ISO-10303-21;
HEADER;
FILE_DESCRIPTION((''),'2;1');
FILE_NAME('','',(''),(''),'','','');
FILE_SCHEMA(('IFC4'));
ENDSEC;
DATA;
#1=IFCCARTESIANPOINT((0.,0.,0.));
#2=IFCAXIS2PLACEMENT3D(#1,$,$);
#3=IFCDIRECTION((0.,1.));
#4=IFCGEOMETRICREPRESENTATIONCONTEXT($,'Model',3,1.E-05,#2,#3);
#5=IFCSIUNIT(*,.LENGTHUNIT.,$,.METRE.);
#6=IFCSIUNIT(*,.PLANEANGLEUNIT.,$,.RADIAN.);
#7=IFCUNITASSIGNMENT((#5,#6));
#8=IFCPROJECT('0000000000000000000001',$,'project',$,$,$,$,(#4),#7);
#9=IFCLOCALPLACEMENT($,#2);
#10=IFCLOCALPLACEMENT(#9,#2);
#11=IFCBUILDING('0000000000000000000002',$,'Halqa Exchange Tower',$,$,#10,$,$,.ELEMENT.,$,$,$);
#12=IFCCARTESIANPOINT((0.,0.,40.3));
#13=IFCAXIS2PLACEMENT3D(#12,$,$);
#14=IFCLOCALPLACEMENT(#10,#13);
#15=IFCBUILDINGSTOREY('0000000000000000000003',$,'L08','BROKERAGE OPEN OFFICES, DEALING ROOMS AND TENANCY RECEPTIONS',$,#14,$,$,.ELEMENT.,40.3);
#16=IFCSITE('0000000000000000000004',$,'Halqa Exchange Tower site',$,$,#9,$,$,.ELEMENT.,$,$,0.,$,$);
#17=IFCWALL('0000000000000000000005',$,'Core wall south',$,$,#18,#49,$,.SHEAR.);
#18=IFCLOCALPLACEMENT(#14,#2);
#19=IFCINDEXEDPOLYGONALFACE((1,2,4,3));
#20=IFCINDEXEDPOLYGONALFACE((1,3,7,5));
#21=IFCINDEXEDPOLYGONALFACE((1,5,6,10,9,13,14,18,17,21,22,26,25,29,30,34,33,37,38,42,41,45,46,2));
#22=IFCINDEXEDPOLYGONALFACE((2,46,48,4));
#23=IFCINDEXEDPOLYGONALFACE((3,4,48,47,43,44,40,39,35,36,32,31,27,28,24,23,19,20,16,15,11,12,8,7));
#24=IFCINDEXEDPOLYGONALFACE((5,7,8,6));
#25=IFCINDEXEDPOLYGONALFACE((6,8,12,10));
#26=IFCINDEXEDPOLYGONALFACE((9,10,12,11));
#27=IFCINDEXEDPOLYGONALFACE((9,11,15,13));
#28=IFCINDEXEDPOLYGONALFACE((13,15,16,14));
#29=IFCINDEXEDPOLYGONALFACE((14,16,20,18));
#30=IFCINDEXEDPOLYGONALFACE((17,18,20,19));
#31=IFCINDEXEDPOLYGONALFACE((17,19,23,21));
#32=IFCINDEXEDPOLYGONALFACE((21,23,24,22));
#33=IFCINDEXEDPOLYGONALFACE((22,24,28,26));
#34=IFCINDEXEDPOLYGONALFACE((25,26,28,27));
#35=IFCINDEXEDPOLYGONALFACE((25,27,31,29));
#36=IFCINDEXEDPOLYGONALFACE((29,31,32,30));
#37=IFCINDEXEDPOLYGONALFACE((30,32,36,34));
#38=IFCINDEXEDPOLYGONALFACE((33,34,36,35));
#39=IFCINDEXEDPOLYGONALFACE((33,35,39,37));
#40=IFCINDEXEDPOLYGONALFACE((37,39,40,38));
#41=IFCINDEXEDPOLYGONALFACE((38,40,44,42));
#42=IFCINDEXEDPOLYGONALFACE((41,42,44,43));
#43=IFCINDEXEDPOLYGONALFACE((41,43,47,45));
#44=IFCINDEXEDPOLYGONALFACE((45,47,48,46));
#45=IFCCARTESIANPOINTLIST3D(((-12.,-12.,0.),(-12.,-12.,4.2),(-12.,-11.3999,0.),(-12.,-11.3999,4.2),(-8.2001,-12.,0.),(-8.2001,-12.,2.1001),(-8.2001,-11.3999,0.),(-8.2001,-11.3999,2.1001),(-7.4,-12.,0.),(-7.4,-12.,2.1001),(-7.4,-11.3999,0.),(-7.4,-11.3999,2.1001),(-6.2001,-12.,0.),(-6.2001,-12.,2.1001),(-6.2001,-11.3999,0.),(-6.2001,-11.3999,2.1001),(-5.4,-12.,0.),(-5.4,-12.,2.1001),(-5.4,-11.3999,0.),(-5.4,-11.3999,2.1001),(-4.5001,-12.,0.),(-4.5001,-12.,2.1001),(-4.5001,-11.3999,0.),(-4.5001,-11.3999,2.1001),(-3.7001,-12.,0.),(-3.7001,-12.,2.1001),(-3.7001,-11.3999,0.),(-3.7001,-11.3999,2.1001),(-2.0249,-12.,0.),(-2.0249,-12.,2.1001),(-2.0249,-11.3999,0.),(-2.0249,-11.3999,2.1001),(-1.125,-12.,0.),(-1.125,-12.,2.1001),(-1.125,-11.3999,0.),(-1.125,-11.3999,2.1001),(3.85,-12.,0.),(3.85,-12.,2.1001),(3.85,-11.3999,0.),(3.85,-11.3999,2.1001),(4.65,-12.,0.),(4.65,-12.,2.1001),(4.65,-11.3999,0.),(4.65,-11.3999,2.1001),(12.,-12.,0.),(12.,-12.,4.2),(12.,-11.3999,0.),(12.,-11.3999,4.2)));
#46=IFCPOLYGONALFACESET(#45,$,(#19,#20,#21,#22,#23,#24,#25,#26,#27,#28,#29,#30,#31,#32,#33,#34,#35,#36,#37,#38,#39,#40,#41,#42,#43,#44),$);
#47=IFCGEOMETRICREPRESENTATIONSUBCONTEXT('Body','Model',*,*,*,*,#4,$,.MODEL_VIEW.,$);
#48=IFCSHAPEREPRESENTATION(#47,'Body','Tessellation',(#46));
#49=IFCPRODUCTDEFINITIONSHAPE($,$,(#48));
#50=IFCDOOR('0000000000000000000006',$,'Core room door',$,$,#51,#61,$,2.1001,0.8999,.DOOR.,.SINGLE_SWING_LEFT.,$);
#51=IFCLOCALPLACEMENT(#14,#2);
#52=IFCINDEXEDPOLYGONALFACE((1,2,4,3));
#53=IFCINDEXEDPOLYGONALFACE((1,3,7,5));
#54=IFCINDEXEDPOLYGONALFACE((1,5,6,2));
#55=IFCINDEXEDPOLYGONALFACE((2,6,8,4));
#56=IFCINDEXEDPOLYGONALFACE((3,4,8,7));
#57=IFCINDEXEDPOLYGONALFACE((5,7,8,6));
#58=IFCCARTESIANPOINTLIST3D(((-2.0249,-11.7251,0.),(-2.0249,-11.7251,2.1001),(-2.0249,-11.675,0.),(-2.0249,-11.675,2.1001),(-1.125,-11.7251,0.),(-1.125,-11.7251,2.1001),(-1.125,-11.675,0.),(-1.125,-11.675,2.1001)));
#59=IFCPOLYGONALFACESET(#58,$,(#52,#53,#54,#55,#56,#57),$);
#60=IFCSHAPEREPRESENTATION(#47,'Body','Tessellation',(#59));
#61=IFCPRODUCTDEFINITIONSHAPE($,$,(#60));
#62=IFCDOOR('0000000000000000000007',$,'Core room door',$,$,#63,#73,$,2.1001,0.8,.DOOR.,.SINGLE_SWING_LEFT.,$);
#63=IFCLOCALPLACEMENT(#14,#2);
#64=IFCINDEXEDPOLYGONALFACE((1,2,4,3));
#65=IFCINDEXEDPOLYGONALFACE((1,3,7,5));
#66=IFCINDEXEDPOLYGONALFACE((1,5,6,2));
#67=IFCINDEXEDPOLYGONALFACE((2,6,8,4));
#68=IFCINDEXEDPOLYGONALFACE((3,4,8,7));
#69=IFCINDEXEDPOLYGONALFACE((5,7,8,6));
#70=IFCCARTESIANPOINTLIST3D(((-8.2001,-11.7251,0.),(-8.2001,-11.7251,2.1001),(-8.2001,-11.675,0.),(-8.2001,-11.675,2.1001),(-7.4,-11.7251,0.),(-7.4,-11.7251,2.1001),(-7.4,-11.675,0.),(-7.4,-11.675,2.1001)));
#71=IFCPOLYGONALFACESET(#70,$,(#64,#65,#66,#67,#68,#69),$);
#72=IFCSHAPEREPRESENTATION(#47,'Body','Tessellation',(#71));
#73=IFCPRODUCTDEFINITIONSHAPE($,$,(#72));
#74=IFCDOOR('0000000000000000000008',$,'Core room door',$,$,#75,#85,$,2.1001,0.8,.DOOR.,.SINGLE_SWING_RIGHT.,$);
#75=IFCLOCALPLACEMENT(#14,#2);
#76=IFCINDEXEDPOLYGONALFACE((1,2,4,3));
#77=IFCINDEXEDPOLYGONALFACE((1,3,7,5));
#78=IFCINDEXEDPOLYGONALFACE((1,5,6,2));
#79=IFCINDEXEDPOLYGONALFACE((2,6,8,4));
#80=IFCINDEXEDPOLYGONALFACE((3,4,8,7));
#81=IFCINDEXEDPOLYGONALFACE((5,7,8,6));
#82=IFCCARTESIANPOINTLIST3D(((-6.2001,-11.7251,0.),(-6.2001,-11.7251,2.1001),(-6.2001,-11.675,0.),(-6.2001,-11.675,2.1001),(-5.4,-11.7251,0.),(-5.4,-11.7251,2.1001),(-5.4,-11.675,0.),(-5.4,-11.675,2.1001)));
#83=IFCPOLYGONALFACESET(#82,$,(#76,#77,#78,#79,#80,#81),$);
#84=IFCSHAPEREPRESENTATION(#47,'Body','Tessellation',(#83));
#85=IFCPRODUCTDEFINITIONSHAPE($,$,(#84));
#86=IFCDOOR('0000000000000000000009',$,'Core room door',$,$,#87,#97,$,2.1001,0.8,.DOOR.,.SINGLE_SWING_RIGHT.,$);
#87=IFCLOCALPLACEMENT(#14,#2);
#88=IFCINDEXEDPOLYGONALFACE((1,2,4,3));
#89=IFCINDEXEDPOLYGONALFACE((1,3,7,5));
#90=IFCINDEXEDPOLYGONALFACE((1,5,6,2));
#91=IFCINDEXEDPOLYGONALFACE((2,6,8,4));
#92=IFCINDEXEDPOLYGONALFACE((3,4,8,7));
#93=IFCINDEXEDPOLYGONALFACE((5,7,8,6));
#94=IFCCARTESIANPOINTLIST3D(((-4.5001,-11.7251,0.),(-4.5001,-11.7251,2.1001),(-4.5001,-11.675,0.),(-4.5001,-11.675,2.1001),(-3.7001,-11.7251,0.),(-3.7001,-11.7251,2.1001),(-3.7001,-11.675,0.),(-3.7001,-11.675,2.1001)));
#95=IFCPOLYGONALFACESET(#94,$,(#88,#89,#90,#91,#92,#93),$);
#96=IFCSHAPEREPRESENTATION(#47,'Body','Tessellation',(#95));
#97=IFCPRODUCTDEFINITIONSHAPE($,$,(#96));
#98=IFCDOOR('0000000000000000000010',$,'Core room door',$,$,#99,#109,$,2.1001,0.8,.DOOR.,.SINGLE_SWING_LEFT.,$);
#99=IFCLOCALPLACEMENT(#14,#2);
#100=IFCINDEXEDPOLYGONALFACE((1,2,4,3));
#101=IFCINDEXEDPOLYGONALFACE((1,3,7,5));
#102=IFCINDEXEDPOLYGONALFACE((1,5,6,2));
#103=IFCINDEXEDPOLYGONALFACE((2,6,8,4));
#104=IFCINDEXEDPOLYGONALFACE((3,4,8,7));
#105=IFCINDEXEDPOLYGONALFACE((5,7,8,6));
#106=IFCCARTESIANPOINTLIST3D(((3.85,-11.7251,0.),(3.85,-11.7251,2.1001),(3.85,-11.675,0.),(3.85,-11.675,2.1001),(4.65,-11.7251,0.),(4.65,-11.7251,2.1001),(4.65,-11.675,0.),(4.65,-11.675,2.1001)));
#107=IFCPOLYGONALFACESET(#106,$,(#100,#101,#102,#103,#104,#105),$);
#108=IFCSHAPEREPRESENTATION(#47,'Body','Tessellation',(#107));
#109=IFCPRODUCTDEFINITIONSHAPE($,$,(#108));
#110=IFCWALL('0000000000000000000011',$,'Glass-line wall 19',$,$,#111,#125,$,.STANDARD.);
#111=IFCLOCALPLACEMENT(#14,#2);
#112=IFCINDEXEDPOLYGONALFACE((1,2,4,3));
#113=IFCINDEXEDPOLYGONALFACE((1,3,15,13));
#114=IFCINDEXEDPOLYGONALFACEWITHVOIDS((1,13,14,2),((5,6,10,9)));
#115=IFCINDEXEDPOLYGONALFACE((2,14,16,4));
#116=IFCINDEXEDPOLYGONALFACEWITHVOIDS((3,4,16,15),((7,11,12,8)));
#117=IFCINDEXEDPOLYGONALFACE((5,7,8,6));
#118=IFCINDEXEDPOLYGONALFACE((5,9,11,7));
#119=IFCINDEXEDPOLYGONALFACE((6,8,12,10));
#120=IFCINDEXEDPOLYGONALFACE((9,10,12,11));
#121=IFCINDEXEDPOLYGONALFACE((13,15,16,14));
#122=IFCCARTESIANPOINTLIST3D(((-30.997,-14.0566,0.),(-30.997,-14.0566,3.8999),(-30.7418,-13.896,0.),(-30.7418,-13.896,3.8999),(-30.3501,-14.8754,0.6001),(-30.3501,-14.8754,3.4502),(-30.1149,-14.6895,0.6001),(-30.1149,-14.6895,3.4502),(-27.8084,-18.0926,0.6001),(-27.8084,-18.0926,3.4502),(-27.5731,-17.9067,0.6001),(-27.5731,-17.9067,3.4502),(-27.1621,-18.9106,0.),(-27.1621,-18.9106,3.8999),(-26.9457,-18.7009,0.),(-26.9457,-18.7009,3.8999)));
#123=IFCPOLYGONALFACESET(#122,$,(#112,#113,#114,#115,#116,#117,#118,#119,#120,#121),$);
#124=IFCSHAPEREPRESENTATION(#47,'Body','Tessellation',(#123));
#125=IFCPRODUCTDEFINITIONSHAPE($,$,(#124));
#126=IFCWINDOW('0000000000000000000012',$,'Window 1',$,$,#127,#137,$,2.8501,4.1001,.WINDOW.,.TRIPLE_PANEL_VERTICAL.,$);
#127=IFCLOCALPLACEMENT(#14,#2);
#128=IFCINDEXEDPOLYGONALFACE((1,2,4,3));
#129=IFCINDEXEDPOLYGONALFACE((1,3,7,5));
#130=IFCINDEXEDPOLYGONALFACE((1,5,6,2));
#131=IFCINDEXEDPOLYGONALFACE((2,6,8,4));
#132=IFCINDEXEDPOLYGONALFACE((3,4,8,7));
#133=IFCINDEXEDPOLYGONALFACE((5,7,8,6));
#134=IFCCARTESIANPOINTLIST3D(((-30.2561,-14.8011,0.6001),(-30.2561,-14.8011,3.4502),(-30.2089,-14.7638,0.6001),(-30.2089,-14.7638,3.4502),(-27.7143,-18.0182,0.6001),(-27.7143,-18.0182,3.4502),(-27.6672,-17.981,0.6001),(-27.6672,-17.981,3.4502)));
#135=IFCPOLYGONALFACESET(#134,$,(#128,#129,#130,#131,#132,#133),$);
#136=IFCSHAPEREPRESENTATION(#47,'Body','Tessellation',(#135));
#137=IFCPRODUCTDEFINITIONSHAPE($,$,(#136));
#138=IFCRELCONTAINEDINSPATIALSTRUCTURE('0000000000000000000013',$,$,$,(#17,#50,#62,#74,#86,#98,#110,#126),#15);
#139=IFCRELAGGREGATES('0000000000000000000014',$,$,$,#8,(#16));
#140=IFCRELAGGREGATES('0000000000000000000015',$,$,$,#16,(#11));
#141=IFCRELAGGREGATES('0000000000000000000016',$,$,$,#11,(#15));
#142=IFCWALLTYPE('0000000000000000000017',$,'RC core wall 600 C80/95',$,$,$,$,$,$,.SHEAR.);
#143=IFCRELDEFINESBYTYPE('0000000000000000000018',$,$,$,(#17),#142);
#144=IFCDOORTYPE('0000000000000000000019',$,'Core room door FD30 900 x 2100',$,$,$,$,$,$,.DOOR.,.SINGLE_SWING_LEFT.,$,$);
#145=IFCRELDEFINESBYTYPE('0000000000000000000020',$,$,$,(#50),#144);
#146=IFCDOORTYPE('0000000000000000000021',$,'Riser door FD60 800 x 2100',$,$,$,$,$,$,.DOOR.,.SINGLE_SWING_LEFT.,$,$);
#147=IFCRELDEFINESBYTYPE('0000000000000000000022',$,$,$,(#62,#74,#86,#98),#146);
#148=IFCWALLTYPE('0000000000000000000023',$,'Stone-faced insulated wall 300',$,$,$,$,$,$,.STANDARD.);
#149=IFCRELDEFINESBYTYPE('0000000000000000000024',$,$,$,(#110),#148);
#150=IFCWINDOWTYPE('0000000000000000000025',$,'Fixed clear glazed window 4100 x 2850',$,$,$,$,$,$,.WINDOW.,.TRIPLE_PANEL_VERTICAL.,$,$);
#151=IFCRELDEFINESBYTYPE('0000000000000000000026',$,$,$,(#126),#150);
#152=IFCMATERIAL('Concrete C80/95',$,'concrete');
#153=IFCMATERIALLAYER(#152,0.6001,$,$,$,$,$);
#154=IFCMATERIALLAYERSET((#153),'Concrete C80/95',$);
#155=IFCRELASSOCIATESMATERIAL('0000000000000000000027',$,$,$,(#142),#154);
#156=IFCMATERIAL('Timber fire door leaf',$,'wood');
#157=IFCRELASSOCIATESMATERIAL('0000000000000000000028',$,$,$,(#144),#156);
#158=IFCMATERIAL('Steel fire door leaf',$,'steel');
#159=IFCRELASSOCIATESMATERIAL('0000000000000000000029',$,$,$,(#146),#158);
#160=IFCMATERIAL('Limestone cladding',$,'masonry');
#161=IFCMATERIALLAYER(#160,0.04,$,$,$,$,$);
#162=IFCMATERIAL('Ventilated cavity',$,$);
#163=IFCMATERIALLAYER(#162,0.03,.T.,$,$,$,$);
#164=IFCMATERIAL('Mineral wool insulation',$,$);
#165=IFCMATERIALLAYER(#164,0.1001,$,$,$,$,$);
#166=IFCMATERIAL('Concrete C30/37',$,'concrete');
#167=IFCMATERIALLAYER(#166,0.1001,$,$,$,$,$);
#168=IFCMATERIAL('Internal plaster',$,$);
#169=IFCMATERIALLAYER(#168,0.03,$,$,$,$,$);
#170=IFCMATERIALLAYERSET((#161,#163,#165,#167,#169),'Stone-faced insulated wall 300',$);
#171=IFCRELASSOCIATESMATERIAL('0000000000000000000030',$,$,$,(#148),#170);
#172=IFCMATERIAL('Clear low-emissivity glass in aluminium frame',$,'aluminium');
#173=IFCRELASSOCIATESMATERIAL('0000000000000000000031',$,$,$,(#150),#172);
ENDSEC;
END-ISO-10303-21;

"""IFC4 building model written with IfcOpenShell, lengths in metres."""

from ifc_helpers import new_model, si_unit, direction, frame, frame_2d, origin, place, context, subcontext, project, spatial, polyline, rectangle, outline, extrude, material, layer, layer_set, type_object, element, fill, save


model = new_model("IFC4")

# Units and contexts
model_context = context("Model", 3, precision=1e-05, world=origin(), true_north=direction((0.0, 1.0)))
body_context = subcontext(model_context, "Body", "Model", "MODEL_VIEW")
ifc_project = project(units=[si_unit("LENGTHUNIT", "METRE"), si_unit("PLANEANGLEUNIT", "RADIAN")], contexts=[model_context])

# Site, building, storey
site_placement = place(None, origin())
site = spatial("IfcSite", under=ifc_project, at=site_placement, Name="Halqa Exchange Tower site", CompositionType="ELEMENT", RefElevation=0.0)
building_placement = place(site_placement, origin())
building = spatial("IfcBuilding", under=site, at=building_placement, Name="Halqa Exchange Tower", CompositionType="ELEMENT")
storey_placement = place(building_placement, frame((0.0, 0.0, 40.3)))
storey = spatial("IfcBuildingStorey", under=building, at=storey_placement, Name="L08", Description="BROKERAGE OPEN OFFICES, DEALING ROOMS AND TENANCY RECEPTIONS", CompositionType="ELEMENT", Elevation=40.3)

# Wall, openings, doors
ifc_material_1 = material(Name="Steel fire door leaf", Category="steel")
ifc_material_2 = material(Name="Concrete C80/95", Category="concrete")
ifc_layer_1 = layer(ifc_material_2, 0.6001)
ifc_layer_set_1 = layer_set([ifc_layer_1], Name="Concrete C80/95")
wall_type_1 = type_object("IfcWallType", Name="RC core wall 600 C80/95", PredefinedType="SHEAR", material=ifc_layer_set_1)
wall_1_placement = place(storey_placement, frame((-12.0, -11.7, 0.0), z_axis=(0.0, 0.0, 1.0), x_axis=(1.0, 0.0, 0.0)))
wall_1 = element("IfcWall", 1, at=wall_1_placement, inside=storey, type_object=wall_type_1, Name="Core wall south", PredefinedType="SHEAR", context=body_context, shape_type="SweptSolid", body=[
    extrude(rectangle(XDim=24.0, YDim=0.6001, at=frame_2d((12.0, 0.0))), origin(), (0.0, 0.0, 1.0), 4.2),
])
opening_1_placement = place(wall_1_placement, frame((9.9751, 0.0, 0.0)))
opening_1 = element("IfcOpeningElement", 2, at=opening_1_placement, cuts=wall_1, PredefinedType="OPENING", context=body_context, shape_type="SweptSolid", body=[
    extrude(rectangle(XDim=0.8999, YDim=2.1001, at=frame_2d((0.45, 1.05))), frame((0.0, 0.312, 0.0), z_axis=(0.0, -1.0, 0.0), x_axis=(1.0, 0.0, 0.0)), (0.0, 0.0, 1.0), 0.624),
])
opening_2_placement = place(wall_1_placement, frame((3.8, 0.0, 0.0)))
opening_2 = element("IfcOpeningElement", 3, at=opening_2_placement, cuts=wall_1, PredefinedType="OPENING", context=body_context, shape_type="SweptSolid", body=[
    extrude(rectangle(XDim=0.8, YDim=2.1001, at=frame_2d((0.3999, 1.05))), frame((0.0, 0.312, 0.0), z_axis=(0.0, -1.0, 0.0), x_axis=(1.0, 0.0, 0.0)), (0.0, 0.0, 1.0), 0.624),
])
opening_3_placement = place(wall_1_placement, frame((5.8, 0.0, 0.0)))
opening_3 = element("IfcOpeningElement", 4, at=opening_3_placement, cuts=wall_1, PredefinedType="OPENING", context=body_context, shape_type="SweptSolid", body=[
    extrude(rectangle(XDim=0.8, YDim=2.1001, at=frame_2d((0.3999, 1.05))), frame((0.0, 0.312, 0.0), z_axis=(0.0, -1.0, 0.0), x_axis=(1.0, 0.0, 0.0)), (0.0, 0.0, 1.0), 0.624),
])
opening_4_placement = place(wall_1_placement, frame((7.5, 0.0, 0.0)))
opening_4 = element("IfcOpeningElement", 5, at=opening_4_placement, cuts=wall_1, PredefinedType="OPENING", context=body_context, shape_type="SweptSolid", body=[
    extrude(rectangle(XDim=0.8, YDim=2.1001, at=frame_2d((0.3999, 1.05))), frame((0.0, 0.312, 0.0), z_axis=(0.0, -1.0, 0.0), x_axis=(1.0, 0.0, 0.0)), (0.0, 0.0, 1.0), 0.624),
])
opening_5_placement = place(wall_1_placement, frame((15.8501, 0.0, 0.0)))
opening_5 = element("IfcOpeningElement", 6, at=opening_5_placement, cuts=wall_1, PredefinedType="OPENING", context=body_context, shape_type="SweptSolid", body=[
    extrude(rectangle(XDim=0.8, YDim=2.1001, at=frame_2d((0.3999, 1.05))), frame((0.0, 0.312, 0.0), z_axis=(0.0, -1.0, 0.0), x_axis=(1.0, 0.0, 0.0)), (0.0, 0.0, 1.0), 0.624),
])
ifc_material_3 = material(Name="Timber fire door leaf", Category="wood")
door_type_1 = type_object("IfcDoorType", Name="Core room door FD30 900 x 2100", OperationType="SINGLE_SWING_LEFT", PredefinedType="DOOR", material=ifc_material_3)
door_1_placement = place(opening_1_placement, origin())
door_1 = element("IfcDoor", 7, at=door_1_placement, inside=storey, type_object=door_type_1, Name="Core room door", OperationType="SINGLE_SWING_LEFT", OverallHeight=2.1001, OverallWidth=0.8999, PredefinedType="DOOR", context=body_context, shape_type="SweptSolid", body=[
    extrude(rectangle(XDim=0.8999, YDim=2.1001, at=frame_2d((0.45, 1.05))), frame((0.0, 0.0249, 0.0), z_axis=(0.0, -1.0, 0.0), x_axis=(1.0, 0.0, 0.0)), (0.0, 0.0, 1.0), 0.05),
])
fill(opening_1, door_1)
door_type_2 = type_object("IfcDoorType", Name="Riser door FD60 800 x 2100", OperationType="SINGLE_SWING_LEFT", PredefinedType="DOOR", material=ifc_material_1)
door_2_placement = place(opening_2_placement, origin())
door_2 = element("IfcDoor", 8, at=door_2_placement, inside=storey, type_object=door_type_2, Name="Core room door", OperationType="SINGLE_SWING_LEFT", OverallHeight=2.1001, OverallWidth=0.8, PredefinedType="DOOR", context=body_context, shape_type="SweptSolid", body=[
    extrude(rectangle(XDim=0.8, YDim=2.1001, at=frame_2d((0.3999, 1.05))), frame((0.0, 0.0249, 0.0), z_axis=(0.0, -1.0, 0.0), x_axis=(1.0, 0.0, 0.0)), (0.0, 0.0, 1.0), 0.05),
])
fill(opening_2, door_2)
door_3_placement = place(opening_3_placement, origin())
door_3 = element("IfcDoor", 9, at=door_3_placement, inside=storey, type_object=door_type_2, Name="Core room door", OperationType="SINGLE_SWING_RIGHT", OverallHeight=2.1001, OverallWidth=0.8, PredefinedType="DOOR", context=body_context, shape_type="SweptSolid", body=[
    extrude(rectangle(XDim=0.8, YDim=2.1001, at=frame_2d((0.3999, 1.05))), frame((0.0, 0.0249, 0.0), z_axis=(0.0, -1.0, 0.0), x_axis=(1.0, 0.0, 0.0)), (0.0, 0.0, 1.0), 0.05),
])
fill(opening_3, door_3)
door_4_placement = place(opening_4_placement, origin())
door_4 = element("IfcDoor", 10, at=door_4_placement, inside=storey, type_object=door_type_2, Name="Core room door", OperationType="SINGLE_SWING_RIGHT", OverallHeight=2.1001, OverallWidth=0.8, PredefinedType="DOOR", context=body_context, shape_type="SweptSolid", body=[
    extrude(rectangle(XDim=0.8, YDim=2.1001, at=frame_2d((0.3999, 1.05))), frame((0.0, 0.0249, 0.0), z_axis=(0.0, -1.0, 0.0), x_axis=(1.0, 0.0, 0.0)), (0.0, 0.0, 1.0), 0.05),
])
fill(opening_4, door_4)
door_5_placement = place(opening_5_placement, origin())
door_5 = element("IfcDoor", 11, at=door_5_placement, inside=storey, type_object=door_type_2, Name="Core room door", OperationType="SINGLE_SWING_LEFT", OverallHeight=2.1001, OverallWidth=0.8, PredefinedType="DOOR", context=body_context, shape_type="SweptSolid", body=[
    extrude(rectangle(XDim=0.8, YDim=2.1001, at=frame_2d((0.3999, 1.05))), frame((0.0, 0.0249, 0.0), z_axis=(0.0, -1.0, 0.0), x_axis=(1.0, 0.0, 0.0)), (0.0, 0.0, 1.0), 0.05),
])
fill(opening_5, door_5)

# Wall, opening, window
ifc_material_4 = material(Name="Limestone cladding", Category="masonry")
ifc_layer_2 = layer(ifc_material_4, 0.04)
ifc_material_5 = material(Name="Ventilated cavity")
ifc_layer_3 = layer(ifc_material_5, 0.03, ventilated=True)
ifc_material_6 = material(Name="Mineral wool insulation")
ifc_layer_4 = layer(ifc_material_6, 0.1001)
ifc_material_7 = material(Name="Concrete C30/37", Category="concrete")
ifc_layer_5 = layer(ifc_material_7, 0.1001)
ifc_material_8 = material(Name="Internal plaster")
ifc_layer_6 = layer(ifc_material_8, 0.03)
ifc_layer_set_2 = layer_set([ifc_layer_2, ifc_layer_3, ifc_layer_4, ifc_layer_5, ifc_layer_6], Name="Stone-faced insulated wall 300")
wall_type_2 = type_object("IfcWallType", Name="Stone-faced insulated wall 300", PredefinedType="STANDARD", material=ifc_layer_set_2)
wall_2_placement = place(storey_placement, frame((-30.8694, -13.9763, 0.0), z_axis=(0.0, 0.0, 1.0), x_axis=(0.619923, -0.784662, 0.0)))
wall_2 = element("IfcWall", 12, at=wall_2_placement, inside=storey, type_object=wall_type_2, Name="Glass-line wall 19", PredefinedType="STANDARD", context=body_context, shape_type="SweptSolid", body=[
    extrude(outline(polyline([(-0.0161, -0.1499), (6.1699, -0.1499), (6.1396, 0.1499), (0.0161, 0.1499), (-0.0161, -0.1499)])), origin(), (0.0, 0.0, 1.0), 3.8999),
])
opening_6_placement = place(wall_2_placement, frame((1.0273, 0.0, 0.6001)))
opening_6 = element("IfcOpeningElement", 13, at=opening_6_placement, cuts=wall_2, PredefinedType="OPENING", context=body_context, shape_type="SweptSolid", body=[
    extrude(rectangle(XDim=4.1001, YDim=2.8501, at=frame_2d((2.05, 1.425))), frame((0.0, 0.1621, 0.0), z_axis=(0.0, -1.0, 0.0), x_axis=(1.0, 0.0, 0.0)), (0.0, 0.0, 1.0), 0.324),
])
ifc_material_9 = material(Name="Clear low-emissivity glass in aluminium frame", Category="aluminium")
window_type = type_object("IfcWindowType", Name="Fixed clear glazed window 4100 x 2850", PartitioningType="TRIPLE_PANEL_VERTICAL", PredefinedType="WINDOW", material=ifc_material_9)
window_placement = place(opening_6_placement, origin())
window = element("IfcWindow", 14, at=window_placement, inside=storey, type_object=window_type, Name="Window 1", OverallHeight=2.8501, OverallWidth=4.1001, PartitioningType="TRIPLE_PANEL_VERTICAL", PredefinedType="WINDOW", context=body_context, shape_type="SweptSolid", body=[
    extrude(rectangle(XDim=4.1001, YDim=2.8501, at=frame_2d((2.05, 1.425))), frame((0.0, 0.03, 0.0), z_axis=(0.0, -1.0, 0.0), x_axis=(1.0, 0.0, 0.0)), (0.0, 0.0, 1.0), 0.0601),
])
fill(opening_6, window)

save(model, "model.ifc")
